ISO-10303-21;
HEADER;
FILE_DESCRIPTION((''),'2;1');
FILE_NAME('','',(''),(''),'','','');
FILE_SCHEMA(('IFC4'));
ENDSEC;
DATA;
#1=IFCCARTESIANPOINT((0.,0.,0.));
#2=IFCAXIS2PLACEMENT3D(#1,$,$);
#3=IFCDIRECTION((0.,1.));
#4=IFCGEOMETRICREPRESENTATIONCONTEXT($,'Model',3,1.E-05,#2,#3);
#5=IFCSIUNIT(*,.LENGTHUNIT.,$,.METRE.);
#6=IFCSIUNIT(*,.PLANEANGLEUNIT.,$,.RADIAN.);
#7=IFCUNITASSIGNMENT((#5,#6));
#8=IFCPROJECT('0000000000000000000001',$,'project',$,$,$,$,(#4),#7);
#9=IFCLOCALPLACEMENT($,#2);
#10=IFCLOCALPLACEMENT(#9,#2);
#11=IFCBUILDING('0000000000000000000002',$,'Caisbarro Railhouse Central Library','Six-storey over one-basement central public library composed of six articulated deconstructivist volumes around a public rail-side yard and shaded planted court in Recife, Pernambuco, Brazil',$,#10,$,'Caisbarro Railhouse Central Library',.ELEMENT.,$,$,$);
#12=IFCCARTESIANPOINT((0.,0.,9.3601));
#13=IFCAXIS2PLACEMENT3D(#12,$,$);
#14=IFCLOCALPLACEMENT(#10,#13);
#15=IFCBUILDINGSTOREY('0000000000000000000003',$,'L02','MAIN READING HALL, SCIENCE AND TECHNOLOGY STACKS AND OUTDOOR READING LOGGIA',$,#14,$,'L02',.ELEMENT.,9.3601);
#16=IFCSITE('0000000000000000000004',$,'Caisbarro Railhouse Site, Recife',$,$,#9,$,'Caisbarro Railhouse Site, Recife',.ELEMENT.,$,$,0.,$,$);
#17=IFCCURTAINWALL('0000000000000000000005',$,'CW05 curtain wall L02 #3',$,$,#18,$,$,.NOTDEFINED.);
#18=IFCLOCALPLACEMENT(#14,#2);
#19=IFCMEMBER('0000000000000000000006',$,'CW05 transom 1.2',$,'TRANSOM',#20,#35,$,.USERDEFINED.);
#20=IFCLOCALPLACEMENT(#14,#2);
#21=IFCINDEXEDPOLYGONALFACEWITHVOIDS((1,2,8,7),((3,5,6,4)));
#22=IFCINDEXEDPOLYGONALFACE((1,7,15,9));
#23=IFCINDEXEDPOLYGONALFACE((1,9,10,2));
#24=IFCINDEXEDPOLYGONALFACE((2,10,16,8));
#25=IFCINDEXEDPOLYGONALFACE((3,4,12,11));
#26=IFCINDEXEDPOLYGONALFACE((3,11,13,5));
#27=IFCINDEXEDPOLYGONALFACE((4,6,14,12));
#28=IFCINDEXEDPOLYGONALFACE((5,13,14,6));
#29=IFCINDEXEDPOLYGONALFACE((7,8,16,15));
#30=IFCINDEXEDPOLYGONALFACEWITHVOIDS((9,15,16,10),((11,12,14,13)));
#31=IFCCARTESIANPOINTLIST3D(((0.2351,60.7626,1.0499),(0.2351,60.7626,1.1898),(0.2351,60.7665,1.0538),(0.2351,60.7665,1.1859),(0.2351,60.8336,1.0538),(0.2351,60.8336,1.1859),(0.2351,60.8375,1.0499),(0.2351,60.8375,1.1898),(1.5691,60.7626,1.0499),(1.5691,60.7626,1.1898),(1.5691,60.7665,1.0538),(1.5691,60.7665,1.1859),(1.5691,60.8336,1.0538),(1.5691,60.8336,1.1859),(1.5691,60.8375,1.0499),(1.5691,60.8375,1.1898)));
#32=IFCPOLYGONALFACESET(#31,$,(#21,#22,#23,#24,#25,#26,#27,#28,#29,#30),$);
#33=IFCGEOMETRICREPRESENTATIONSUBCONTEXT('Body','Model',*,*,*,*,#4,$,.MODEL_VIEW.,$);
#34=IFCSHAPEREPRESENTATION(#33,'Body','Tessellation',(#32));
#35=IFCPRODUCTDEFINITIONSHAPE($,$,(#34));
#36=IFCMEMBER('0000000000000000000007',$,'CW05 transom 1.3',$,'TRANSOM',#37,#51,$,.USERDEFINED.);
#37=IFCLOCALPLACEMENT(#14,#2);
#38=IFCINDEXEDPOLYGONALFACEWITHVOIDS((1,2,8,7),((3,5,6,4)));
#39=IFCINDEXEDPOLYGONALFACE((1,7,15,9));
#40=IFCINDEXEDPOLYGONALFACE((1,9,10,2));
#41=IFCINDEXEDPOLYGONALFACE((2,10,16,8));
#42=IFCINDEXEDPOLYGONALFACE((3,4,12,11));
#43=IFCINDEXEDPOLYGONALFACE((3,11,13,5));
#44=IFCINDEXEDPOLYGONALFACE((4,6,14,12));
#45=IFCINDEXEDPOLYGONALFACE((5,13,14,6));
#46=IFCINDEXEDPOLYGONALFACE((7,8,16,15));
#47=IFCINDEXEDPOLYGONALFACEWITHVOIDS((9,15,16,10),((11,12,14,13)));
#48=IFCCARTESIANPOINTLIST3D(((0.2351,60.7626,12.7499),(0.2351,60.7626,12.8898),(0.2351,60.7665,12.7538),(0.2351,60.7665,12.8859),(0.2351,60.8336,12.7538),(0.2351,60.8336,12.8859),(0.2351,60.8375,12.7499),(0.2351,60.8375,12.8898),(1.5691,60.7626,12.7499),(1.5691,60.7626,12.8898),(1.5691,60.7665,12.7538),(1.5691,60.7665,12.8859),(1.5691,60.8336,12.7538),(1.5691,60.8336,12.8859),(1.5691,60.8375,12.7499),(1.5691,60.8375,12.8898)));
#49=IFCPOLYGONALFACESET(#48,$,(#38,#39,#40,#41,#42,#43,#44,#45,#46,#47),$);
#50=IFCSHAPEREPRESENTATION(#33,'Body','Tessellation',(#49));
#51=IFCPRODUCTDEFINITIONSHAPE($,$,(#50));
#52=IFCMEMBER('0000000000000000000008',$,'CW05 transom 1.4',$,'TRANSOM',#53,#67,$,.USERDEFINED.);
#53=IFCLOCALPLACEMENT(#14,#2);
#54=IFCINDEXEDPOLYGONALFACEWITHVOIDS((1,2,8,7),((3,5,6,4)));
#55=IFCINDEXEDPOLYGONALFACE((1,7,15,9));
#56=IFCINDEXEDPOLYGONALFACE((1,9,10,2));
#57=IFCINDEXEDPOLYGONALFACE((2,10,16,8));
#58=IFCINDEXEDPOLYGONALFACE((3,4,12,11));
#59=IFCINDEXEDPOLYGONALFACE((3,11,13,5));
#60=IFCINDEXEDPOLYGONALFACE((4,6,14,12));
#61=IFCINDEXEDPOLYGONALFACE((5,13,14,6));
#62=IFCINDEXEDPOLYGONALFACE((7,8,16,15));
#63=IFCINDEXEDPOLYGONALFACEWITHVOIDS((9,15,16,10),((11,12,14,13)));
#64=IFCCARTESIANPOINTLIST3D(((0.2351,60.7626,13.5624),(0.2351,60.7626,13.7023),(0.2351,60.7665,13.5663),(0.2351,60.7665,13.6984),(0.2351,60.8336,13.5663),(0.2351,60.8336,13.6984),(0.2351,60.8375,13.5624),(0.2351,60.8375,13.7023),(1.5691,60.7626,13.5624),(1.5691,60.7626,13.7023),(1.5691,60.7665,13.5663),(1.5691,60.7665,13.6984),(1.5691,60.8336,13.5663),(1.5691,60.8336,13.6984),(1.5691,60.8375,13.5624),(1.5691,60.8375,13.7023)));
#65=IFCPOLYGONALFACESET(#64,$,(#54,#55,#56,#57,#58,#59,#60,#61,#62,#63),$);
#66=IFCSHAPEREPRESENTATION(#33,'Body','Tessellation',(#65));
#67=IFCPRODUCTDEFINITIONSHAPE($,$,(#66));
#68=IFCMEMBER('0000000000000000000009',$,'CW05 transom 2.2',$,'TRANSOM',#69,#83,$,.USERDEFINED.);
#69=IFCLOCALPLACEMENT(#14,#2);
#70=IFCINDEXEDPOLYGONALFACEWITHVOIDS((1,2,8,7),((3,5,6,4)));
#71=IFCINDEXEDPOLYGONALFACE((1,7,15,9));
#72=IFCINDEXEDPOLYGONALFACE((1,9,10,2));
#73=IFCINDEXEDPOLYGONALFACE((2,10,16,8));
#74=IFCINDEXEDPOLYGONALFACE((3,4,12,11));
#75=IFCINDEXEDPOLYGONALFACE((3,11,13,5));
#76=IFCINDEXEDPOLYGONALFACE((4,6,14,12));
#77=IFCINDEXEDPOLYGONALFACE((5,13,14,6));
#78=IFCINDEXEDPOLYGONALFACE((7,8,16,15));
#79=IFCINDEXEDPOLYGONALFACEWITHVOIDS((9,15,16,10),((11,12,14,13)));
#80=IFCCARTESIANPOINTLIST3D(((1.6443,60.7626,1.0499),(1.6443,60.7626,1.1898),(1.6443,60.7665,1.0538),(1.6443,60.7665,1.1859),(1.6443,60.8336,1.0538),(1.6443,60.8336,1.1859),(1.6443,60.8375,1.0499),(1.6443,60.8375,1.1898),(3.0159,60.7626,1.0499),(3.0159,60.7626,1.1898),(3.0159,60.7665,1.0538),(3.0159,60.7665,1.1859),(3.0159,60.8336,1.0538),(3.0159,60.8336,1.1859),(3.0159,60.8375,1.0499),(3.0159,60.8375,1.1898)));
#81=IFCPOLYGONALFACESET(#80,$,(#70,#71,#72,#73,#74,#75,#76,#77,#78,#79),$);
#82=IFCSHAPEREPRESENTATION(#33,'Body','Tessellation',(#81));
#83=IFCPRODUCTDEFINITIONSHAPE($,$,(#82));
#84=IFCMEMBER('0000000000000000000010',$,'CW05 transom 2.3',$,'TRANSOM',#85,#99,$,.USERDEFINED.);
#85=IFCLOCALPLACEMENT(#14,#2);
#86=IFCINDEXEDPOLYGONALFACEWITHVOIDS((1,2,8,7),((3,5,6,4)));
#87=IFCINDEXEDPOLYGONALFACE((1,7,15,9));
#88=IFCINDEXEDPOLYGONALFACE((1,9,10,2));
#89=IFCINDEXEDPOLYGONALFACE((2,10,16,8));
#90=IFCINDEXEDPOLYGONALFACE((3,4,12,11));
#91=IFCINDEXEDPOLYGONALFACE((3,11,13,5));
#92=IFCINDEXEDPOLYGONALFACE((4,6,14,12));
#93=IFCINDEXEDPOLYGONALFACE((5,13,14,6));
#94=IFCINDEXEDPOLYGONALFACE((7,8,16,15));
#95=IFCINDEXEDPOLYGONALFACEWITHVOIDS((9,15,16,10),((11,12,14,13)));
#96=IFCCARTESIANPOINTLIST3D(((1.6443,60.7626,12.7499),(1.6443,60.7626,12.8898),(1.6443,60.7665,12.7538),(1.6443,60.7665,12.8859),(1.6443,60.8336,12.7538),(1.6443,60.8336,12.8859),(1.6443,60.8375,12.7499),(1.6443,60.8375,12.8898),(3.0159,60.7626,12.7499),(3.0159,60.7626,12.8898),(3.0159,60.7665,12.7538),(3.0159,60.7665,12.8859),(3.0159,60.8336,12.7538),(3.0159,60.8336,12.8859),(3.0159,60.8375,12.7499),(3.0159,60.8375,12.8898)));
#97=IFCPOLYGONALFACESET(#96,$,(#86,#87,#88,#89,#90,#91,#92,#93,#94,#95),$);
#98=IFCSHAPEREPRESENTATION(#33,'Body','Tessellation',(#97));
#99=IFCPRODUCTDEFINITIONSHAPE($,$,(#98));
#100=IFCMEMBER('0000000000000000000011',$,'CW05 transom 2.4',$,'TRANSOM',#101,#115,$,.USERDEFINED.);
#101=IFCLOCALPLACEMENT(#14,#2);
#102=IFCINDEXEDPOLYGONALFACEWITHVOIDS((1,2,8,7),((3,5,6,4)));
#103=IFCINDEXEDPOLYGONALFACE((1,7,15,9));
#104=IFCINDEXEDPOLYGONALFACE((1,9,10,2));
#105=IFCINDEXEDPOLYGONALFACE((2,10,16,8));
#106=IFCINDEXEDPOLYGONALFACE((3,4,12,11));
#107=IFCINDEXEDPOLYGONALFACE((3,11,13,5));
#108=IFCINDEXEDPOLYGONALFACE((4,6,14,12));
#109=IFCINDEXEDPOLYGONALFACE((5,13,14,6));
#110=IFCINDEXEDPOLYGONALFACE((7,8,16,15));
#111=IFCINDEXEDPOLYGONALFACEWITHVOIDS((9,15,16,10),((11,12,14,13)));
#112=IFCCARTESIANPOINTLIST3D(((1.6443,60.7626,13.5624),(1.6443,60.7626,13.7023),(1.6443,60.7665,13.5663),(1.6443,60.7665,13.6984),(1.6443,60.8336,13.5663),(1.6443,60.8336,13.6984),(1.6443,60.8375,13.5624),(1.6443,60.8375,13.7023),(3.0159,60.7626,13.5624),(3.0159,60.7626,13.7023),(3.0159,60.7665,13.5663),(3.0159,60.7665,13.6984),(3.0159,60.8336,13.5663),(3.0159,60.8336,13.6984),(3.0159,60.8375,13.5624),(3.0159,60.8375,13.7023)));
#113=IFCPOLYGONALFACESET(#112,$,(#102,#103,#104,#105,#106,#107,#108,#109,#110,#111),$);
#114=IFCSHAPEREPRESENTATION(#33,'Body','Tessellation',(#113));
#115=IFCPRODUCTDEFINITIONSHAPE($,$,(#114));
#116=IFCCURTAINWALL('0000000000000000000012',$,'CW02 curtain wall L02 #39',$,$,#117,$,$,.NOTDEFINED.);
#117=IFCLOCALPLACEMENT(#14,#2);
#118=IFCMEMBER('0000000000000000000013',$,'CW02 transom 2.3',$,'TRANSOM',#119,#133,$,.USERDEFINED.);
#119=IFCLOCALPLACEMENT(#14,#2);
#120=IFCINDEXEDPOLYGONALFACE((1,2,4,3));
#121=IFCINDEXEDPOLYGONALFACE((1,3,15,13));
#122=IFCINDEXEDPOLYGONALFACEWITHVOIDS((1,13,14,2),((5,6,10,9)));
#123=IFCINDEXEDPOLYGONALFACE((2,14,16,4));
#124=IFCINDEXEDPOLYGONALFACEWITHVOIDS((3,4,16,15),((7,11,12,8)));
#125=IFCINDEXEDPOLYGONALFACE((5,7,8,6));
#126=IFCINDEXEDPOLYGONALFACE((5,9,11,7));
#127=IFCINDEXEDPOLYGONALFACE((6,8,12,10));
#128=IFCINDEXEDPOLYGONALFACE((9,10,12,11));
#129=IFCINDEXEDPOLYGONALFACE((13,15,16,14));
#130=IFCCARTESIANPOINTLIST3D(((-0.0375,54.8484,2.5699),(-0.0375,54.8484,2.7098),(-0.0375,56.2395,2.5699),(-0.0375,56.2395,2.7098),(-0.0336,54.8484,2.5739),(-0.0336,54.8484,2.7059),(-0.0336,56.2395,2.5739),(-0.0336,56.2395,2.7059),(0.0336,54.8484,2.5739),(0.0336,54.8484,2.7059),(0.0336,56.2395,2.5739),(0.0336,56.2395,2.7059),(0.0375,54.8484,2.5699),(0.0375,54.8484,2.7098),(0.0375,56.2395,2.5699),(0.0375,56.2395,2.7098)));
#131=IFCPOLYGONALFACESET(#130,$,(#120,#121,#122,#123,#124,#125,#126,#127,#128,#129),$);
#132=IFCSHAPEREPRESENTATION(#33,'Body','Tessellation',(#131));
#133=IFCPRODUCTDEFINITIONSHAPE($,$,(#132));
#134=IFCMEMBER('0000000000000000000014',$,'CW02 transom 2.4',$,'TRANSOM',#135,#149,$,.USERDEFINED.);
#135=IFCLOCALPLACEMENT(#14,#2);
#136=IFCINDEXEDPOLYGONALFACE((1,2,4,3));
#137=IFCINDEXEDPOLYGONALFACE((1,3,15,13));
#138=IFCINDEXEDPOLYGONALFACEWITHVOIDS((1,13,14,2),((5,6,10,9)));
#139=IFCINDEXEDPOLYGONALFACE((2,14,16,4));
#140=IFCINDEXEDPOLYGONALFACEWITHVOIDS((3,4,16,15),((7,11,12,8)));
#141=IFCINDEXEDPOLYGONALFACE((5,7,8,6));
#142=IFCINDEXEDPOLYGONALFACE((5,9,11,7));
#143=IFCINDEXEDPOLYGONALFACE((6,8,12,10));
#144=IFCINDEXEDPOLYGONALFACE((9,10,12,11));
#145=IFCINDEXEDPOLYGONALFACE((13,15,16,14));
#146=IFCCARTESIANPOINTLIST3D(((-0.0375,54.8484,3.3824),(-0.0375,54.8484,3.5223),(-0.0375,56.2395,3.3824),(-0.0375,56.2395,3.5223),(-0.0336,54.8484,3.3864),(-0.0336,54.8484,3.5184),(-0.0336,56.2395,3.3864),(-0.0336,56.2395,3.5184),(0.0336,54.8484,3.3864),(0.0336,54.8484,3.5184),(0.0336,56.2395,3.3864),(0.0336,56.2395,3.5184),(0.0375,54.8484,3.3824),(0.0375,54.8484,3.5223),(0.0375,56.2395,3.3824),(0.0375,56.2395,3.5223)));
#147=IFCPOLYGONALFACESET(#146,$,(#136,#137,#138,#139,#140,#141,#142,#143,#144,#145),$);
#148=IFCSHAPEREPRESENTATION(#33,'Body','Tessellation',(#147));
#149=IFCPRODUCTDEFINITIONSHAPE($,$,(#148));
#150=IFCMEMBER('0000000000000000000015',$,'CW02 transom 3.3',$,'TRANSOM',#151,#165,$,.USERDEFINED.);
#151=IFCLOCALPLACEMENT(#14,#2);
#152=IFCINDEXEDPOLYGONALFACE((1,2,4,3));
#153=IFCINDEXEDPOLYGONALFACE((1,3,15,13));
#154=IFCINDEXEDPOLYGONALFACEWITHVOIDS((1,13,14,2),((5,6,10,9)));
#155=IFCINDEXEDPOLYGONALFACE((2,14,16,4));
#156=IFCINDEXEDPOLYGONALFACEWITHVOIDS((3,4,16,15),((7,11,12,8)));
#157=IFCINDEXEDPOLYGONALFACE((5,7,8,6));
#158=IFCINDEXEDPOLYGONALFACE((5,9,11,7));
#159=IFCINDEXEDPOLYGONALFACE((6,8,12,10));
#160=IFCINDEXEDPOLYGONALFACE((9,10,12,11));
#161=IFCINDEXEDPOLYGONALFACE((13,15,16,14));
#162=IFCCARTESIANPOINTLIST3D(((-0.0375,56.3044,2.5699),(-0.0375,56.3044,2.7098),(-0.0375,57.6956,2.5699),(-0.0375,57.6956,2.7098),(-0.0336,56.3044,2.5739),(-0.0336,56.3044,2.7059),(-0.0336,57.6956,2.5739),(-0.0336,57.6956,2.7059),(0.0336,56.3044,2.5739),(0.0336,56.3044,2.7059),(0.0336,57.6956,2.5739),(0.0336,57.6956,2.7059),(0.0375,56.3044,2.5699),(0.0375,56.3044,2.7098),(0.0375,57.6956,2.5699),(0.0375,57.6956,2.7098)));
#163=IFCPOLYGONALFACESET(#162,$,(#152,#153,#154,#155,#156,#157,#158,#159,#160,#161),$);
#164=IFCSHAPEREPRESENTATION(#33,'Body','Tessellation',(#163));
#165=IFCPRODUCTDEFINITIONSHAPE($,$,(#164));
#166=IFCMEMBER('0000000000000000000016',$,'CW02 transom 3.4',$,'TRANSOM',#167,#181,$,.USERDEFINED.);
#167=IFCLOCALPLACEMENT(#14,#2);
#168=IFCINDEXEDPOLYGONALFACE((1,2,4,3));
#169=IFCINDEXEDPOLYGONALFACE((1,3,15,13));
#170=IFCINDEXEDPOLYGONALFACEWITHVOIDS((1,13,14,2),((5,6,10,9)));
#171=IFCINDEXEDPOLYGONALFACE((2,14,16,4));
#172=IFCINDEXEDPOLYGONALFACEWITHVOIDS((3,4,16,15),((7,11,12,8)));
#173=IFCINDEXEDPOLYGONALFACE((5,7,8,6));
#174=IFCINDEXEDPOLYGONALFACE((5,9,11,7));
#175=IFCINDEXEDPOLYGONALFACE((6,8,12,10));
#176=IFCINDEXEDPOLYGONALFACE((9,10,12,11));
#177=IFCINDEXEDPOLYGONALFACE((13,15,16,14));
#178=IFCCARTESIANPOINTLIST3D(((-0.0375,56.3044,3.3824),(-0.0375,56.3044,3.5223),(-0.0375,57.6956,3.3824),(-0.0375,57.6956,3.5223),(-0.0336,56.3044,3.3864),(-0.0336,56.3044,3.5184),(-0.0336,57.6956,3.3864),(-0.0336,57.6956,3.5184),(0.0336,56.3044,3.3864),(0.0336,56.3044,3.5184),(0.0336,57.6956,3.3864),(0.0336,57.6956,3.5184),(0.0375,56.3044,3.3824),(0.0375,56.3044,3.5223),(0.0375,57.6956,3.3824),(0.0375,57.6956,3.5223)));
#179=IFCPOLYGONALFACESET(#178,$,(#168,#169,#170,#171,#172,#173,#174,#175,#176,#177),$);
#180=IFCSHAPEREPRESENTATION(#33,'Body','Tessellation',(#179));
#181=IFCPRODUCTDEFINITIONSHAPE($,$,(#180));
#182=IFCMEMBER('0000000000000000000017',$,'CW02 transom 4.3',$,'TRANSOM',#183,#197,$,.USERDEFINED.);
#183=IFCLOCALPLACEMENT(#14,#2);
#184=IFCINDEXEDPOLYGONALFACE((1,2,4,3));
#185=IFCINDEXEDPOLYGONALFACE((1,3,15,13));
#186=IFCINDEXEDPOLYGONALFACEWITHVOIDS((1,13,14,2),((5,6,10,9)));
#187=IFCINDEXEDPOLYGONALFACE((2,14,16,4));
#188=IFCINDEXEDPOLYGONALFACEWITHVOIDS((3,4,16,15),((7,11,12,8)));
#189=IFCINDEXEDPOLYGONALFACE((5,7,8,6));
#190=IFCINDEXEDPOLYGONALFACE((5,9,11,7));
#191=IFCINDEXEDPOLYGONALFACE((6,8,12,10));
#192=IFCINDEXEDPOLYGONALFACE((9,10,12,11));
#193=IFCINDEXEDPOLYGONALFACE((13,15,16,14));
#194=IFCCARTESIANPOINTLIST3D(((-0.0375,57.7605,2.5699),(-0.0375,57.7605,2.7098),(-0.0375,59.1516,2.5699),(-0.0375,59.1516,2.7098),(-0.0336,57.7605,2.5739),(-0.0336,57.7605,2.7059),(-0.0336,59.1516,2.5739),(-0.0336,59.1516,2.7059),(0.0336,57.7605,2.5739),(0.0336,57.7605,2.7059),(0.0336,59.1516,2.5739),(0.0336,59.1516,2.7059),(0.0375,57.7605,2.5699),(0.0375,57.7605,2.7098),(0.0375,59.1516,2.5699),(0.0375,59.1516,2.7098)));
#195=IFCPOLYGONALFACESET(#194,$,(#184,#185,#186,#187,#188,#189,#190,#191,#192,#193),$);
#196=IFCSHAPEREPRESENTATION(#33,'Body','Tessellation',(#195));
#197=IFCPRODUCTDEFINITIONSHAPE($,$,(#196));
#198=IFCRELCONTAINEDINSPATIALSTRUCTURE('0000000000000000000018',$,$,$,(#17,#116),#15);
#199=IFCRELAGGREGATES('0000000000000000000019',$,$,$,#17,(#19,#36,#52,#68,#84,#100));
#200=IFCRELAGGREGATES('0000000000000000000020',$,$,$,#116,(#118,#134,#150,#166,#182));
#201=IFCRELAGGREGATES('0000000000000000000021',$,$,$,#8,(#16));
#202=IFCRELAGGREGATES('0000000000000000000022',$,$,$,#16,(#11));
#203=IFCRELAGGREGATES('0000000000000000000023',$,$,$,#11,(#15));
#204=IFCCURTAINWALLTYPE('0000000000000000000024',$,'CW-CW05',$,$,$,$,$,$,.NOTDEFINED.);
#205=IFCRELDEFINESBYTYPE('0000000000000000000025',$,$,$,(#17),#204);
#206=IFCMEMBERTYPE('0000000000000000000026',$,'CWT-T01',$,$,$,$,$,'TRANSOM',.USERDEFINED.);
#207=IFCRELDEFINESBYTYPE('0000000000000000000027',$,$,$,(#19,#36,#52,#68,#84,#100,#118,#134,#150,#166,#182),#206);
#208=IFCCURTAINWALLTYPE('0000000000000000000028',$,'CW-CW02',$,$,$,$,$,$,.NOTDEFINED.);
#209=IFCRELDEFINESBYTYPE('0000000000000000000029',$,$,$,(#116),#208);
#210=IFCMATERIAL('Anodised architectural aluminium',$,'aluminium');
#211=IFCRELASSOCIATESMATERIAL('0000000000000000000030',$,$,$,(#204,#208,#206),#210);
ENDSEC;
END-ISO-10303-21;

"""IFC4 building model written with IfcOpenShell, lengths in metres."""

from ifc_helpers import new_model, si_unit, direction, frame, origin, origin_2d, place, context, subcontext, project, spatial, hollow_rectangle, extrude, material, material_profile, profile_set, type_object, element, aggregate, save


model = new_model("IFC4")

# Units and contexts
model_context = context("Model", 3, precision=1e-05, world=origin(), true_north=direction((0.0, 1.0)))
body_context = subcontext(model_context, "Body", "Model", "MODEL_VIEW")
ifc_project = project(units=[si_unit("LENGTHUNIT", "METRE"), si_unit("PLANEANGLEUNIT", "RADIAN")], contexts=[model_context])

# Site, building, storey
site_placement = place(None, origin())
site = spatial("IfcSite", under=ifc_project, at=site_placement, Name="Caisbarro Railhouse Site, Recife", LongName="Caisbarro Railhouse Site, Recife", CompositionType="ELEMENT", RefElevation=0.0)
building_placement = place(site_placement, origin())
building = spatial("IfcBuilding", under=site, at=building_placement, Name="Caisbarro Railhouse Central Library", Description="Six-storey over one-basement central public library composed of six articulated deconstructivist volumes around a public rail-side yard and shaded planted court in Recife, Pernambuco, Brazil", LongName="Caisbarro Railhouse Central Library", CompositionType="ELEMENT")
storey_placement = place(building_placement, frame((0.0, 0.0, 9.3601)))
storey = spatial("IfcBuildingStorey", under=building, at=storey_placement, Name="L02", Description="MAIN READING HALL, SCIENCE AND TECHNOLOGY STACKS AND OUTDOOR READING LOGGIA", LongName="L02", CompositionType="ELEMENT", Elevation=9.3601)

# Curtain walls, members
ifc_material_1 = material(Name="Anodised architectural aluminium", Category="aluminium")
curtain_wall_type_1 = type_object("IfcCurtainWallType", Name="CW-CW05", PredefinedType="NOTDEFINED", material=ifc_material_1)
curtain_wall_1_placement = place(storey_placement, origin())
curtain_wall_1 = element("IfcCurtainWall", 1, at=curtain_wall_1_placement, inside=storey, type_object=curtain_wall_type_1, Name="CW05 curtain wall L02 #3", PredefinedType="NOTDEFINED")
ifc_material_profile = material_profile(ifc_material_1, hollow_rectangle(XDim=0.075, YDim=0.1399, WallThickness=0.0039, at=origin_2d()), Name="ALU-TRN-75X140")
ifc_profile_set = profile_set([ifc_material_profile], Name="Anodised architectural aluminium")
member_type = type_object("IfcMemberType", Name="CWT-T01", ElementType="TRANSOM", PredefinedType="USERDEFINED", material=ifc_profile_set)
member_1_placement = place(storey_placement, frame((0.2351, 60.8, 1.1199), z_axis=(1.0, 0.0, 0.0), x_axis=(0.0, 1.0, 0.0)))
member_1 = element("IfcMember", 2, at=member_1_placement, type_object=member_type, Name="CW05 transom 1.2", ObjectType="TRANSOM", PredefinedType="USERDEFINED", context=body_context, shape_type="SweptSolid", body=[
    extrude(hollow_rectangle(XDim=0.075, YDim=0.1399, WallThickness=0.0039, at=origin_2d()), origin(), (0.0, 0.0, 1.0), 1.334),
])
member_2_placement = place(storey_placement, frame((0.2351, 60.8, 12.8198), z_axis=(1.0, 0.0, 0.0), x_axis=(0.0, 1.0, 0.0)))
member_2 = element("IfcMember", 3, at=member_2_placement, type_object=member_type, Name="CW05 transom 1.3", ObjectType="TRANSOM", PredefinedType="USERDEFINED", context=body_context, shape_type="SweptSolid", body=[
    extrude(hollow_rectangle(XDim=0.075, YDim=0.1399, WallThickness=0.0039, at=origin_2d()), origin(), (0.0, 0.0, 1.0), 1.334),
])
member_3_placement = place(storey_placement, frame((0.2351, 60.8, 13.6323), z_axis=(1.0, 0.0, 0.0), x_axis=(0.0, 1.0, 0.0)))
member_3 = element("IfcMember", 4, at=member_3_placement, type_object=member_type, Name="CW05 transom 1.4", ObjectType="TRANSOM", PredefinedType="USERDEFINED", context=body_context, shape_type="SweptSolid", body=[
    extrude(hollow_rectangle(XDim=0.075, YDim=0.1399, WallThickness=0.0039, at=origin_2d()), origin(), (0.0, 0.0, 1.0), 1.334),
])
member_4_placement = place(storey_placement, frame((1.6443, 60.8, 1.1199), z_axis=(1.0, 0.0, 0.0), x_axis=(0.0, 1.0, 0.0)))
member_4 = element("IfcMember", 5, at=member_4_placement, type_object=member_type, Name="CW05 transom 2.2", ObjectType="TRANSOM", PredefinedType="USERDEFINED", context=body_context, shape_type="SweptSolid", body=[
    extrude(hollow_rectangle(XDim=0.075, YDim=0.1399, WallThickness=0.0039, at=origin_2d()), origin(), (0.0, 0.0, 1.0), 1.3716),
])
member_5_placement = place(storey_placement, frame((1.6443, 60.8, 12.8198), z_axis=(1.0, 0.0, 0.0), x_axis=(0.0, 1.0, 0.0)))
member_5 = element("IfcMember", 6, at=member_5_placement, type_object=member_type, Name="CW05 transom 2.3", ObjectType="TRANSOM", PredefinedType="USERDEFINED", context=body_context, shape_type="SweptSolid", body=[
    extrude(hollow_rectangle(XDim=0.075, YDim=0.1399, WallThickness=0.0039, at=origin_2d()), origin(), (0.0, 0.0, 1.0), 1.3716),
])
member_6_placement = place(storey_placement, frame((1.6443, 60.8, 13.6323), z_axis=(1.0, 0.0, 0.0), x_axis=(0.0, 1.0, 0.0)))
member_6 = element("IfcMember", 7, at=member_6_placement, type_object=member_type, Name="CW05 transom 2.4", ObjectType="TRANSOM", PredefinedType="USERDEFINED", context=body_context, shape_type="SweptSolid", body=[
    extrude(hollow_rectangle(XDim=0.075, YDim=0.1399, WallThickness=0.0039, at=origin_2d()), origin(), (0.0, 0.0, 1.0), 1.3716),
])
curtain_wall_type_2 = type_object("IfcCurtainWallType", Name="CW-CW02", PredefinedType="NOTDEFINED", material=ifc_material_1)
curtain_wall_2_placement = place(storey_placement, origin())
curtain_wall_2 = element("IfcCurtainWall", 8, at=curtain_wall_2_placement, inside=storey, type_object=curtain_wall_type_2, Name="CW02 curtain wall L02 #39", PredefinedType="NOTDEFINED")
member_7_placement = place(storey_placement, frame((0.0, 54.8484, 2.6399), z_axis=(0.0, 1.0, 0.0), x_axis=(-1.0, 0.0, 0.0)))
member_7 = element("IfcMember", 9, at=member_7_placement, type_object=member_type, Name="CW02 transom 2.3", ObjectType="TRANSOM", PredefinedType="USERDEFINED", context=body_context, shape_type="SweptSolid", body=[
    extrude(hollow_rectangle(XDim=0.075, YDim=0.1399, WallThickness=0.0039, at=origin_2d()), origin(), (0.0, 0.0, 1.0), 1.3911),
])
member_8_placement = place(storey_placement, frame((0.0, 54.8484, 3.4524), z_axis=(0.0, 1.0, 0.0), x_axis=(-1.0, 0.0, 0.0)))
member_8 = element("IfcMember", 10, at=member_8_placement, type_object=member_type, Name="CW02 transom 2.4", ObjectType="TRANSOM", PredefinedType="USERDEFINED", context=body_context, shape_type="SweptSolid", body=[
    extrude(hollow_rectangle(XDim=0.075, YDim=0.1399, WallThickness=0.0039, at=origin_2d()), origin(), (0.0, 0.0, 1.0), 1.3911),
])
member_9_placement = place(storey_placement, frame((0.0, 56.3044, 2.6399), z_axis=(0.0, 1.0, 0.0), x_axis=(-1.0, 0.0, 0.0)))
member_9 = element("IfcMember", 11, at=member_9_placement, type_object=member_type, Name="CW02 transom 3.3", ObjectType="TRANSOM", PredefinedType="USERDEFINED", context=body_context, shape_type="SweptSolid", body=[
    extrude(hollow_rectangle(XDim=0.075, YDim=0.1399, WallThickness=0.0039, at=origin_2d()), origin(), (0.0, 0.0, 1.0), 1.3911),
])
member_10_placement = place(storey_placement, frame((0.0, 56.3044, 3.4524), z_axis=(0.0, 1.0, 0.0), x_axis=(-1.0, 0.0, 0.0)))
member_10 = element("IfcMember", 12, at=member_10_placement, type_object=member_type, Name="CW02 transom 3.4", ObjectType="TRANSOM", PredefinedType="USERDEFINED", context=body_context, shape_type="SweptSolid", body=[
    extrude(hollow_rectangle(XDim=0.075, YDim=0.1399, WallThickness=0.0039, at=origin_2d()), origin(), (0.0, 0.0, 1.0), 1.3911),
])
member_11_placement = place(storey_placement, frame((0.0, 57.7605, 2.6399), z_axis=(0.0, 1.0, 0.0), x_axis=(-1.0, 0.0, 0.0)))
member_11 = element("IfcMember", 13, at=member_11_placement, type_object=member_type, Name="CW02 transom 4.3", ObjectType="TRANSOM", PredefinedType="USERDEFINED", context=body_context, shape_type="SweptSolid", body=[
    extrude(hollow_rectangle(XDim=0.075, YDim=0.1399, WallThickness=0.0039, at=origin_2d()), origin(), (0.0, 0.0, 1.0), 1.3911),
])

aggregate(curtain_wall_1, [member_1, member_2, member_3, member_4, member_5, member_6])
aggregate(curtain_wall_2, [member_7, member_8, member_9, member_10, member_11])

save(model, "model.ifc")
